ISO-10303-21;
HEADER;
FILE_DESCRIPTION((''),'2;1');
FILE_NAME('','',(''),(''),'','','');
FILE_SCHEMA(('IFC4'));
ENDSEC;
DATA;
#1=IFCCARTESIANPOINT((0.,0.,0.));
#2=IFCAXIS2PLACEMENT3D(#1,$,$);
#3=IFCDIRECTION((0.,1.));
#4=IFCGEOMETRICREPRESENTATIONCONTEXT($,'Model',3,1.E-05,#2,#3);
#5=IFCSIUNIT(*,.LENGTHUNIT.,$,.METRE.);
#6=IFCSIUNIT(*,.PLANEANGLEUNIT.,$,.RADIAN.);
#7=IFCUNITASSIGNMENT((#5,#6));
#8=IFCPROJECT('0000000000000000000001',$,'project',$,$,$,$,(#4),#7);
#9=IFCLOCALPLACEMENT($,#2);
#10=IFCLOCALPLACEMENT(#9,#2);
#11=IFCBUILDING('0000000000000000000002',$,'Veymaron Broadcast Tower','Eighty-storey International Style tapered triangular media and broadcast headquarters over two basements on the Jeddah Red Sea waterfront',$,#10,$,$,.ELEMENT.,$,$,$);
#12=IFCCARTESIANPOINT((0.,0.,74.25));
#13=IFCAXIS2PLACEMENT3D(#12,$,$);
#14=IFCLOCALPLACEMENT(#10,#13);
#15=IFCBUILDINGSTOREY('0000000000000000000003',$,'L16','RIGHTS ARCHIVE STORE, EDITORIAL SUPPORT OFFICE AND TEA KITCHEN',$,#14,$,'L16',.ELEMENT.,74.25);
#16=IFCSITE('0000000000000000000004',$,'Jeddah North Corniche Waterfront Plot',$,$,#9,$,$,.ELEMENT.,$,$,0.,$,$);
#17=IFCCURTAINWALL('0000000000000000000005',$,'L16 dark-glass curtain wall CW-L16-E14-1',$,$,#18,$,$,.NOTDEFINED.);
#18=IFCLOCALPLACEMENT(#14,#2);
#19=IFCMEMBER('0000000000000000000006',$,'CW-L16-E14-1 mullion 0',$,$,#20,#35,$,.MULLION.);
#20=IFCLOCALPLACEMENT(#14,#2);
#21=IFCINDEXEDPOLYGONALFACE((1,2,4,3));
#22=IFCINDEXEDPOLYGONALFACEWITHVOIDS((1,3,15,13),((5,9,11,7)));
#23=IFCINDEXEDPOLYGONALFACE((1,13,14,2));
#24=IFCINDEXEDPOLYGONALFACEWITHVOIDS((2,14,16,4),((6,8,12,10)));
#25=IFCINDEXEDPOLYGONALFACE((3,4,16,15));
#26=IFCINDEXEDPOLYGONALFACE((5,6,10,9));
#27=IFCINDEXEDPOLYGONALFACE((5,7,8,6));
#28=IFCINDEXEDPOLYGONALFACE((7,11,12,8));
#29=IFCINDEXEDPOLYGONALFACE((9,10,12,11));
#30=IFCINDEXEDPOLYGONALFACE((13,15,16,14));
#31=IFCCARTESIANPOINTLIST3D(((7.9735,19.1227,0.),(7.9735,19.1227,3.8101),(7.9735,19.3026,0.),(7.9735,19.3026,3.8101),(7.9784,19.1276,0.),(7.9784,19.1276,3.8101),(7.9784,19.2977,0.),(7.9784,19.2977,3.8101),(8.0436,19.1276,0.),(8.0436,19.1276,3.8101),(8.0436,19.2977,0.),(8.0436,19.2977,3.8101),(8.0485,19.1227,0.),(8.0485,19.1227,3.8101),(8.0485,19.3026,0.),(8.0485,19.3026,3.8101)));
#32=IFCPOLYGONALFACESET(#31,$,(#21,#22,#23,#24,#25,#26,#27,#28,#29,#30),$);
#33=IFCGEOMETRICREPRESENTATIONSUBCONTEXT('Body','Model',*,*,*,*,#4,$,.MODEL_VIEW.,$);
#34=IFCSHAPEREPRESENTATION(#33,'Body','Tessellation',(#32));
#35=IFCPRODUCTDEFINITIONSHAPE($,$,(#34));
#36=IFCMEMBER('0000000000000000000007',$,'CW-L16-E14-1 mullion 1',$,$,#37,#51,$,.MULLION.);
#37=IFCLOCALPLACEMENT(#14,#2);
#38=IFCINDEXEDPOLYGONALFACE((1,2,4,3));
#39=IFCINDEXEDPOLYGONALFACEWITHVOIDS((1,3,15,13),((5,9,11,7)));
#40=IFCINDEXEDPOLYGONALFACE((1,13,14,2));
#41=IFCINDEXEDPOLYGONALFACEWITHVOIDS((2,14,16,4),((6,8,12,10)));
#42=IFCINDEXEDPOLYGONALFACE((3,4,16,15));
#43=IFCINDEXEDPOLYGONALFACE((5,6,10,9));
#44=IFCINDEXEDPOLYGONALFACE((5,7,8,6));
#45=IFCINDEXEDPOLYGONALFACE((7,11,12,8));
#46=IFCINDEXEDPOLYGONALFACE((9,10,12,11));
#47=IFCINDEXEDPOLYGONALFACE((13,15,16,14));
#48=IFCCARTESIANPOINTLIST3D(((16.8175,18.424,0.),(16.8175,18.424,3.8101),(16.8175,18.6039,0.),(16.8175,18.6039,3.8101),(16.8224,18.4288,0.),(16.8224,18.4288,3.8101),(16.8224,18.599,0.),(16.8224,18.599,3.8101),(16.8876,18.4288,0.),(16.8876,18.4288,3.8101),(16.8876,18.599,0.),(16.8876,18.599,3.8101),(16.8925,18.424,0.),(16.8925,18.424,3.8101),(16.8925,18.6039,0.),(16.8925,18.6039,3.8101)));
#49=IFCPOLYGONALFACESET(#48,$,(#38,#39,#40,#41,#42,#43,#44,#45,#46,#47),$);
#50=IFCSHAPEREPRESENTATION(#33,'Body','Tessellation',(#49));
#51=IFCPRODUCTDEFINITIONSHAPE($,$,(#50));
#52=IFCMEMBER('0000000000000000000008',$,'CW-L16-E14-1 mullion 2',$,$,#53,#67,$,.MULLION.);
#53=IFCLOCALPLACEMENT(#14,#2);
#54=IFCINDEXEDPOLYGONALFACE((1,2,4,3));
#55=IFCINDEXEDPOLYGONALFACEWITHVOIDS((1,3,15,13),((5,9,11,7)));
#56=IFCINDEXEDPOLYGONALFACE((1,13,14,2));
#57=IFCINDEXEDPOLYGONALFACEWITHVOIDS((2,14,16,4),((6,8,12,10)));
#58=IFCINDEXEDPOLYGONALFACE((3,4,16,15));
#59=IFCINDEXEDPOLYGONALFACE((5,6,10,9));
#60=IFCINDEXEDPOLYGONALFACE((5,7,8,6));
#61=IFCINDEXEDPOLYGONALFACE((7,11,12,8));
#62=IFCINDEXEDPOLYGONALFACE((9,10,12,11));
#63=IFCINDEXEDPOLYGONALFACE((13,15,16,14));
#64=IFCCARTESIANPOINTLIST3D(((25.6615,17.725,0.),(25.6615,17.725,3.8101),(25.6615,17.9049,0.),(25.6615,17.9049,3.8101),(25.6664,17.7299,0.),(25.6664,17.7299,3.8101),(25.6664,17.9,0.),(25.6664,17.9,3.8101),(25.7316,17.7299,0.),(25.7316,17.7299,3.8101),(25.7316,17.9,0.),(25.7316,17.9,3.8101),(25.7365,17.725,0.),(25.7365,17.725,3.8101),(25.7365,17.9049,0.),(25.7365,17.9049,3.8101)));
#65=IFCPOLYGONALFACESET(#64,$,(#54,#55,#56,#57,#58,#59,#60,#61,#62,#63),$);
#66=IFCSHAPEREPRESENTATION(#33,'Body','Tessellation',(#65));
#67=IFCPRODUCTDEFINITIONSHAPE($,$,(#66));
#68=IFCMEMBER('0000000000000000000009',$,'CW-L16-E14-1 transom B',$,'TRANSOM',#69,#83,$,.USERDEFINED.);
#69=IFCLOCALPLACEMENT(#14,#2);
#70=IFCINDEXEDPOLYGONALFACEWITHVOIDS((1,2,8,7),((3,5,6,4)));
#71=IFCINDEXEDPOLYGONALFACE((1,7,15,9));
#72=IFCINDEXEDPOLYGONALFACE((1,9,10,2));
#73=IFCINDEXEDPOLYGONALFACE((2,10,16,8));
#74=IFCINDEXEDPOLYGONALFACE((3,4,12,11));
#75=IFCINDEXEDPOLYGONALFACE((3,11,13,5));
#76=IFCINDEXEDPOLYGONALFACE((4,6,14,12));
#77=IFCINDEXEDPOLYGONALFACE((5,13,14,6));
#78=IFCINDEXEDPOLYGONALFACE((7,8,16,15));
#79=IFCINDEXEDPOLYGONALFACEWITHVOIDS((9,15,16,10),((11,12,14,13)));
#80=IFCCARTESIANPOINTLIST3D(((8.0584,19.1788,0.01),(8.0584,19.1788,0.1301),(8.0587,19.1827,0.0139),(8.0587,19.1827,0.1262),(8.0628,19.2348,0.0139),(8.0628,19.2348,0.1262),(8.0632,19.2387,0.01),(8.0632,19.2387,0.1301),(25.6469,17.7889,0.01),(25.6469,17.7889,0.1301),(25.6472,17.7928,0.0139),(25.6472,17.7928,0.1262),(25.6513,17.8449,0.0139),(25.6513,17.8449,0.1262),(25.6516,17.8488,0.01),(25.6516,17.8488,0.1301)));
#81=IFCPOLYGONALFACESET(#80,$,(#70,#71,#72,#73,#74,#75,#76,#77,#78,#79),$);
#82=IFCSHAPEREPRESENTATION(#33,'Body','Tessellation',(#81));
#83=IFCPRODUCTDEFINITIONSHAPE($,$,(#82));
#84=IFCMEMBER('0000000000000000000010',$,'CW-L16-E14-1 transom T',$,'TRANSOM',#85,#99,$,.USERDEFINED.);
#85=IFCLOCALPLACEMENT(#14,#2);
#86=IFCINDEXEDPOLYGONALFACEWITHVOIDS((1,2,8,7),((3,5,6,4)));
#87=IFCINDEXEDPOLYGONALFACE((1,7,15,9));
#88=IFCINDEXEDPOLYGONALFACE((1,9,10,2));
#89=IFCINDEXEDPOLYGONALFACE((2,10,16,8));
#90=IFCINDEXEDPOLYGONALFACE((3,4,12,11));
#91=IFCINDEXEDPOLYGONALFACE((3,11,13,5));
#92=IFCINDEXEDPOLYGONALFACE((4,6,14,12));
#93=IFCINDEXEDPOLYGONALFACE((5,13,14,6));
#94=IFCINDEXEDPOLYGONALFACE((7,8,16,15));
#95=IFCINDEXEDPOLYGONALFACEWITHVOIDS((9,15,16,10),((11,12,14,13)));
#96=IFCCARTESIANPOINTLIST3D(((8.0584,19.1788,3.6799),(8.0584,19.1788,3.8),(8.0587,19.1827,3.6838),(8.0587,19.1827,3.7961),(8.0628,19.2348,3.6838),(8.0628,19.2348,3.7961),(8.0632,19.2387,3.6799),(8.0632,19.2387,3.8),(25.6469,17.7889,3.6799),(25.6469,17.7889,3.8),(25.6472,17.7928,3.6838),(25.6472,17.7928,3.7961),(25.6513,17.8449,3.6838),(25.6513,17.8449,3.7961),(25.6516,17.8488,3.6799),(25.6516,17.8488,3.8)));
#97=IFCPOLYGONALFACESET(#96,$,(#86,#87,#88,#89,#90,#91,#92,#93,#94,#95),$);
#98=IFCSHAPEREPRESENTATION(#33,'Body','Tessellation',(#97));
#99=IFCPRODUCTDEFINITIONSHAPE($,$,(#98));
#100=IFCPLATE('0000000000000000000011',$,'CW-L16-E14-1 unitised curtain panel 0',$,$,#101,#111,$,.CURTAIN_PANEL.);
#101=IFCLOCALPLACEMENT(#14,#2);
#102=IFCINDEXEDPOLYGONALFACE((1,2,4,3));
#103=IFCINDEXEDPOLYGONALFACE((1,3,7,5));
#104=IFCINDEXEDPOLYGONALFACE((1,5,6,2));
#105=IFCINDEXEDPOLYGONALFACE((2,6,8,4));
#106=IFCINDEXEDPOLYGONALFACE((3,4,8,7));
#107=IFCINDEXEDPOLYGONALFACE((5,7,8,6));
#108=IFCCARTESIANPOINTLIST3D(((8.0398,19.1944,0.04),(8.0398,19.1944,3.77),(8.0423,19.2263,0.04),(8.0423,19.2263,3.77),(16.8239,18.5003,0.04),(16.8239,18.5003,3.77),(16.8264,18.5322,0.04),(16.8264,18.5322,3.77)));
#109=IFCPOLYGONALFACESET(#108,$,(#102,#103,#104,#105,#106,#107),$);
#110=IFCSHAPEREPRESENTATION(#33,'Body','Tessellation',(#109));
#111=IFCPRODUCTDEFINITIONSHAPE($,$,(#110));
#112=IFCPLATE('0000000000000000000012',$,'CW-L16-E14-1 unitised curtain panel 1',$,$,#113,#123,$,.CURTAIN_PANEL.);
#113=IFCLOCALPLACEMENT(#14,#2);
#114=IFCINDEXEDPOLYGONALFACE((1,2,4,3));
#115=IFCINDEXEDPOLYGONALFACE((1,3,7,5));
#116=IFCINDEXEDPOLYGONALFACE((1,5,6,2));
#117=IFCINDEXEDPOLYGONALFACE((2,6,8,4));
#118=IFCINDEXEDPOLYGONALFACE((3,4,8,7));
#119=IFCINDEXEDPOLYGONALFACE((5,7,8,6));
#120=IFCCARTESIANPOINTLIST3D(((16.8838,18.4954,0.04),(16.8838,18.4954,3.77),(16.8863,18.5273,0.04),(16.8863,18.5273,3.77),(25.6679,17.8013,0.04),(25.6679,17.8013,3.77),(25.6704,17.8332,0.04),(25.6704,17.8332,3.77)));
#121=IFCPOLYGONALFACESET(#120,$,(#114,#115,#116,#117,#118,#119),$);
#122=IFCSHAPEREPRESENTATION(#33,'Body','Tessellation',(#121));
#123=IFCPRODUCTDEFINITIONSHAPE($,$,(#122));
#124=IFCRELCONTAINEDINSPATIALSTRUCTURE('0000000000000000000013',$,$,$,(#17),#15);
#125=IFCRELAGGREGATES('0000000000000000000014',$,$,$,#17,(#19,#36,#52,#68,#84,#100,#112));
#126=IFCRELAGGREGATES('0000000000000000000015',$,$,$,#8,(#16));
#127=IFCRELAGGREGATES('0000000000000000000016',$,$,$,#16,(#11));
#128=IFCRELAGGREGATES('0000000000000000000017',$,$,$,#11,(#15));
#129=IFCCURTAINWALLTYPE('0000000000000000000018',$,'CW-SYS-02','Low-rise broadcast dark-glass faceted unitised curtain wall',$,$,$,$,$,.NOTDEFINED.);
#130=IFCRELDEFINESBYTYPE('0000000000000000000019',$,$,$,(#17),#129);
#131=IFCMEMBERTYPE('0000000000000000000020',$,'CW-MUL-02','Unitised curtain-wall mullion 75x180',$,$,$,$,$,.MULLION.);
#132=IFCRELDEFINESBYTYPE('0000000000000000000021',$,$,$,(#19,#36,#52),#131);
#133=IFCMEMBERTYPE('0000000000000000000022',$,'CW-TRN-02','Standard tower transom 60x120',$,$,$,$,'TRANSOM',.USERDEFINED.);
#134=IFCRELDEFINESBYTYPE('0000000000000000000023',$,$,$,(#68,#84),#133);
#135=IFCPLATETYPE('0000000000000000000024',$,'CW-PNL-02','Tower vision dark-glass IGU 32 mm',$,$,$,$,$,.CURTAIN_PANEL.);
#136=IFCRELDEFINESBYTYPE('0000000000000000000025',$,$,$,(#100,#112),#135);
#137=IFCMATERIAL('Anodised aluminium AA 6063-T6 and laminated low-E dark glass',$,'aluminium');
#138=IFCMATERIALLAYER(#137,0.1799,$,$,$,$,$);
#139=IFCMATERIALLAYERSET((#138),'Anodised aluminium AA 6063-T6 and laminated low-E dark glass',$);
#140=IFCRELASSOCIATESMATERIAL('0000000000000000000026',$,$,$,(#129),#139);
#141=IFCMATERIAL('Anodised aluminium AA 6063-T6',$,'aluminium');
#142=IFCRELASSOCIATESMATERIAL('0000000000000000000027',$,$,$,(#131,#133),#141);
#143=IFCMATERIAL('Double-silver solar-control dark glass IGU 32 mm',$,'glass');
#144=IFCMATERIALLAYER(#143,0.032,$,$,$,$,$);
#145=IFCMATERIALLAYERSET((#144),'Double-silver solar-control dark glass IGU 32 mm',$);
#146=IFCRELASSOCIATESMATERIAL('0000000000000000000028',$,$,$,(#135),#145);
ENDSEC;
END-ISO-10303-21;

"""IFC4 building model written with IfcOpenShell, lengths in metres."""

from ifc_helpers import new_model, si_unit, direction, frame, origin, origin_2d, place, context, subcontext, project, spatial, rectangle, hollow_rectangle, extrude, material, layer, layer_set, material_profile, profile_set, type_object, element, aggregate, save


model = new_model("IFC4")

# Units and contexts
model_context = context("Model", 3, precision=1e-05, world=origin(), true_north=direction((0.0, 1.0)))
body_context = subcontext(model_context, "Body", "Model", "MODEL_VIEW")
ifc_project = project(units=[si_unit("LENGTHUNIT", "METRE"), si_unit("PLANEANGLEUNIT", "RADIAN")], contexts=[model_context])

# Site, building, storey
site_placement = place(None, origin())
site = spatial("IfcSite", under=ifc_project, at=site_placement, Name="Jeddah North Corniche Waterfront Plot", CompositionType="ELEMENT", RefElevation=0.0)
building_placement = place(site_placement, origin())
building = spatial("IfcBuilding", under=site, at=building_placement, Name="Veymaron Broadcast Tower", Description="Eighty-storey International Style tapered triangular media and broadcast headquarters over two basements on the Jeddah Red Sea waterfront", CompositionType="ELEMENT")
storey_placement = place(building_placement, frame((0.0, 0.0, 74.25)))
storey = spatial("IfcBuildingStorey", under=building, at=storey_placement, Name="L16", Description="RIGHTS ARCHIVE STORE, EDITORIAL SUPPORT OFFICE AND TEA KITCHEN", LongName="L16", CompositionType="ELEMENT", Elevation=74.25)

# Curtain wall, members, plates
ifc_material_1 = material(Name="Anodised aluminium AA 6063-T6 and laminated low-E dark glass", Category="aluminium")
ifc_layer_1 = layer(ifc_material_1, 0.1799)
ifc_layer_set_1 = layer_set([ifc_layer_1], Name="Anodised aluminium AA 6063-T6 and laminated low-E dark glass")
curtain_wall_type = type_object("IfcCurtainWallType", Name="CW-SYS-02", Description="Low-rise broadcast dark-glass faceted unitised curtain wall", PredefinedType="NOTDEFINED", material=ifc_layer_set_1)
curtain_wall_placement = place(storey_placement, origin())
curtain_wall = element("IfcCurtainWall", 1, at=curtain_wall_placement, inside=storey, type_object=curtain_wall_type, Name="L16 dark-glass curtain wall CW-L16-E14-1", PredefinedType="NOTDEFINED")
ifc_material_2 = material(Name="Anodised aluminium AA 6063-T6", Category="aluminium")
ifc_material_profile_1 = material_profile(ifc_material_2, hollow_rectangle(XDim=0.075, YDim=0.1799, WallThickness=0.0049, at=origin_2d()), Name="AL180X75X5")
ifc_profile_set_1 = profile_set([ifc_material_profile_1], Name="Anodised aluminium AA 6063-T6")
member_type_1 = type_object("IfcMemberType", Name="CW-MUL-02", Description="Unitised curtain-wall mullion 75x180", PredefinedType="MULLION", material=ifc_profile_set_1)
member_1_placement = place(storey_placement, frame((8.011, 19.2126, 0.0), z_axis=(0.0, 0.0, 1.0), x_axis=(1.0, 0.0, 0.0)))
member_1 = element("IfcMember", 2, at=member_1_placement, type_object=member_type_1, Name="CW-L16-E14-1 mullion 0", PredefinedType="MULLION", context=body_context, shape_type="SweptSolid", body=[
    extrude(hollow_rectangle(XDim=0.075, YDim=0.1799, WallThickness=0.0049, at=origin_2d()), origin(), (0.0, 0.0, 1.0), 3.8101),
])
member_2_placement = place(storey_placement, frame((16.855, 18.5139, 0.0), z_axis=(0.0, 0.0, 1.0), x_axis=(1.0, 0.0, 0.0)))
member_2 = element("IfcMember", 3, at=member_2_placement, type_object=member_type_1, Name="CW-L16-E14-1 mullion 1", PredefinedType="MULLION", context=body_context, shape_type="SweptSolid", body=[
    extrude(hollow_rectangle(XDim=0.075, YDim=0.1799, WallThickness=0.0049, at=origin_2d()), origin(), (0.0, 0.0, 1.0), 3.8101),
])
member_3_placement = place(storey_placement, frame((25.699, 17.8149, 0.0), z_axis=(0.0, 0.0, 1.0), x_axis=(1.0, 0.0, 0.0)))
member_3 = element("IfcMember", 4, at=member_3_placement, type_object=member_type_1, Name="CW-L16-E14-1 mullion 2", PredefinedType="MULLION", context=body_context, shape_type="SweptSolid", body=[
    extrude(hollow_rectangle(XDim=0.075, YDim=0.1799, WallThickness=0.0049, at=origin_2d()), origin(), (0.0, 0.0, 1.0), 3.8101),
])
ifc_material_profile_2 = material_profile(ifc_material_2, hollow_rectangle(XDim=0.0601, YDim=0.1201, WallThickness=0.0039, at=origin_2d()), Name="AL120X60X4")
ifc_profile_set_2 = profile_set([ifc_material_profile_2], Name="Anodised aluminium AA 6063-T6")
member_type_2 = type_object("IfcMemberType", Name="CW-TRN-02", Description="Standard tower transom 60x120", ElementType="TRANSOM", PredefinedType="USERDEFINED", material=ifc_profile_set_2)
member_4_placement = place(storey_placement, frame((8.0608, 19.2087, 0.0701), z_axis=(0.996892, -0.078778, 0.0), x_axis=(0.078778, 0.996892, 0.0)))
member_4 = element("IfcMember", 5, at=member_4_placement, type_object=member_type_2, Name="CW-L16-E14-1 transom B", ObjectType="TRANSOM", PredefinedType="USERDEFINED", context=body_context, shape_type="SweptSolid", body=[
    extrude(hollow_rectangle(XDim=0.0601, YDim=0.1201, WallThickness=0.0039, at=origin_2d()), origin(), (0.0, 0.0, 1.0), 17.6433),
])
member_5_placement = place(storey_placement, frame((8.0608, 19.2087, 3.74), z_axis=(0.996892, -0.078778, 0.0), x_axis=(0.078778, 0.996892, 0.0)))
member_5 = element("IfcMember", 6, at=member_5_placement, type_object=member_type_2, Name="CW-L16-E14-1 transom T", ObjectType="TRANSOM", PredefinedType="USERDEFINED", context=body_context, shape_type="SweptSolid", body=[
    extrude(hollow_rectangle(XDim=0.0601, YDim=0.1201, WallThickness=0.0039, at=origin_2d()), origin(), (0.0, 0.0, 1.0), 17.6433),
])
ifc_material_3 = material(Name="Double-silver solar-control dark glass IGU 32 mm", Category="glass")
ifc_layer_2 = layer(ifc_material_3, 0.032)
ifc_layer_set_2 = layer_set([ifc_layer_2], Name="Double-silver solar-control dark glass IGU 32 mm")
plate_type = type_object("IfcPlateType", Name="CW-PNL-02", Description="Tower vision dark-glass IGU 32 mm", PredefinedType="CURTAIN_PANEL", material=ifc_layer_set_2)
plate_1_placement = place(storey_placement, frame((12.4331, 18.8633, 0.04), z_axis=(0.0, 0.0, 1.0), x_axis=(0.996893, -0.078772, 0.0)))
plate_1 = element("IfcPlate", 7, at=plate_1_placement, type_object=plate_type, Name="CW-L16-E14-1 unitised curtain panel 0", PredefinedType="CURTAIN_PANEL", context=body_context, shape_type="SweptSolid", body=[
    extrude(rectangle(XDim=8.8115, YDim=0.032, at=origin_2d()), origin(), (0.0, 0.0, 1.0), 3.73),
])
plate_2_placement = place(storey_placement, frame((21.2771, 18.1643, 0.04), z_axis=(0.0, 0.0, 1.0), x_axis=(0.996893, -0.078772, 0.0)))
plate_2 = element("IfcPlate", 8, at=plate_2_placement, type_object=plate_type, Name="CW-L16-E14-1 unitised curtain panel 1", PredefinedType="CURTAIN_PANEL", context=body_context, shape_type="SweptSolid", body=[
    extrude(rectangle(XDim=8.8115, YDim=0.032, at=origin_2d()), origin(), (0.0, 0.0, 1.0), 3.73),
])
aggregate(curtain_wall, [member_1, member_2, member_3, member_4, member_5, plate_1, plate_2])

save(model, "model.ifc")
